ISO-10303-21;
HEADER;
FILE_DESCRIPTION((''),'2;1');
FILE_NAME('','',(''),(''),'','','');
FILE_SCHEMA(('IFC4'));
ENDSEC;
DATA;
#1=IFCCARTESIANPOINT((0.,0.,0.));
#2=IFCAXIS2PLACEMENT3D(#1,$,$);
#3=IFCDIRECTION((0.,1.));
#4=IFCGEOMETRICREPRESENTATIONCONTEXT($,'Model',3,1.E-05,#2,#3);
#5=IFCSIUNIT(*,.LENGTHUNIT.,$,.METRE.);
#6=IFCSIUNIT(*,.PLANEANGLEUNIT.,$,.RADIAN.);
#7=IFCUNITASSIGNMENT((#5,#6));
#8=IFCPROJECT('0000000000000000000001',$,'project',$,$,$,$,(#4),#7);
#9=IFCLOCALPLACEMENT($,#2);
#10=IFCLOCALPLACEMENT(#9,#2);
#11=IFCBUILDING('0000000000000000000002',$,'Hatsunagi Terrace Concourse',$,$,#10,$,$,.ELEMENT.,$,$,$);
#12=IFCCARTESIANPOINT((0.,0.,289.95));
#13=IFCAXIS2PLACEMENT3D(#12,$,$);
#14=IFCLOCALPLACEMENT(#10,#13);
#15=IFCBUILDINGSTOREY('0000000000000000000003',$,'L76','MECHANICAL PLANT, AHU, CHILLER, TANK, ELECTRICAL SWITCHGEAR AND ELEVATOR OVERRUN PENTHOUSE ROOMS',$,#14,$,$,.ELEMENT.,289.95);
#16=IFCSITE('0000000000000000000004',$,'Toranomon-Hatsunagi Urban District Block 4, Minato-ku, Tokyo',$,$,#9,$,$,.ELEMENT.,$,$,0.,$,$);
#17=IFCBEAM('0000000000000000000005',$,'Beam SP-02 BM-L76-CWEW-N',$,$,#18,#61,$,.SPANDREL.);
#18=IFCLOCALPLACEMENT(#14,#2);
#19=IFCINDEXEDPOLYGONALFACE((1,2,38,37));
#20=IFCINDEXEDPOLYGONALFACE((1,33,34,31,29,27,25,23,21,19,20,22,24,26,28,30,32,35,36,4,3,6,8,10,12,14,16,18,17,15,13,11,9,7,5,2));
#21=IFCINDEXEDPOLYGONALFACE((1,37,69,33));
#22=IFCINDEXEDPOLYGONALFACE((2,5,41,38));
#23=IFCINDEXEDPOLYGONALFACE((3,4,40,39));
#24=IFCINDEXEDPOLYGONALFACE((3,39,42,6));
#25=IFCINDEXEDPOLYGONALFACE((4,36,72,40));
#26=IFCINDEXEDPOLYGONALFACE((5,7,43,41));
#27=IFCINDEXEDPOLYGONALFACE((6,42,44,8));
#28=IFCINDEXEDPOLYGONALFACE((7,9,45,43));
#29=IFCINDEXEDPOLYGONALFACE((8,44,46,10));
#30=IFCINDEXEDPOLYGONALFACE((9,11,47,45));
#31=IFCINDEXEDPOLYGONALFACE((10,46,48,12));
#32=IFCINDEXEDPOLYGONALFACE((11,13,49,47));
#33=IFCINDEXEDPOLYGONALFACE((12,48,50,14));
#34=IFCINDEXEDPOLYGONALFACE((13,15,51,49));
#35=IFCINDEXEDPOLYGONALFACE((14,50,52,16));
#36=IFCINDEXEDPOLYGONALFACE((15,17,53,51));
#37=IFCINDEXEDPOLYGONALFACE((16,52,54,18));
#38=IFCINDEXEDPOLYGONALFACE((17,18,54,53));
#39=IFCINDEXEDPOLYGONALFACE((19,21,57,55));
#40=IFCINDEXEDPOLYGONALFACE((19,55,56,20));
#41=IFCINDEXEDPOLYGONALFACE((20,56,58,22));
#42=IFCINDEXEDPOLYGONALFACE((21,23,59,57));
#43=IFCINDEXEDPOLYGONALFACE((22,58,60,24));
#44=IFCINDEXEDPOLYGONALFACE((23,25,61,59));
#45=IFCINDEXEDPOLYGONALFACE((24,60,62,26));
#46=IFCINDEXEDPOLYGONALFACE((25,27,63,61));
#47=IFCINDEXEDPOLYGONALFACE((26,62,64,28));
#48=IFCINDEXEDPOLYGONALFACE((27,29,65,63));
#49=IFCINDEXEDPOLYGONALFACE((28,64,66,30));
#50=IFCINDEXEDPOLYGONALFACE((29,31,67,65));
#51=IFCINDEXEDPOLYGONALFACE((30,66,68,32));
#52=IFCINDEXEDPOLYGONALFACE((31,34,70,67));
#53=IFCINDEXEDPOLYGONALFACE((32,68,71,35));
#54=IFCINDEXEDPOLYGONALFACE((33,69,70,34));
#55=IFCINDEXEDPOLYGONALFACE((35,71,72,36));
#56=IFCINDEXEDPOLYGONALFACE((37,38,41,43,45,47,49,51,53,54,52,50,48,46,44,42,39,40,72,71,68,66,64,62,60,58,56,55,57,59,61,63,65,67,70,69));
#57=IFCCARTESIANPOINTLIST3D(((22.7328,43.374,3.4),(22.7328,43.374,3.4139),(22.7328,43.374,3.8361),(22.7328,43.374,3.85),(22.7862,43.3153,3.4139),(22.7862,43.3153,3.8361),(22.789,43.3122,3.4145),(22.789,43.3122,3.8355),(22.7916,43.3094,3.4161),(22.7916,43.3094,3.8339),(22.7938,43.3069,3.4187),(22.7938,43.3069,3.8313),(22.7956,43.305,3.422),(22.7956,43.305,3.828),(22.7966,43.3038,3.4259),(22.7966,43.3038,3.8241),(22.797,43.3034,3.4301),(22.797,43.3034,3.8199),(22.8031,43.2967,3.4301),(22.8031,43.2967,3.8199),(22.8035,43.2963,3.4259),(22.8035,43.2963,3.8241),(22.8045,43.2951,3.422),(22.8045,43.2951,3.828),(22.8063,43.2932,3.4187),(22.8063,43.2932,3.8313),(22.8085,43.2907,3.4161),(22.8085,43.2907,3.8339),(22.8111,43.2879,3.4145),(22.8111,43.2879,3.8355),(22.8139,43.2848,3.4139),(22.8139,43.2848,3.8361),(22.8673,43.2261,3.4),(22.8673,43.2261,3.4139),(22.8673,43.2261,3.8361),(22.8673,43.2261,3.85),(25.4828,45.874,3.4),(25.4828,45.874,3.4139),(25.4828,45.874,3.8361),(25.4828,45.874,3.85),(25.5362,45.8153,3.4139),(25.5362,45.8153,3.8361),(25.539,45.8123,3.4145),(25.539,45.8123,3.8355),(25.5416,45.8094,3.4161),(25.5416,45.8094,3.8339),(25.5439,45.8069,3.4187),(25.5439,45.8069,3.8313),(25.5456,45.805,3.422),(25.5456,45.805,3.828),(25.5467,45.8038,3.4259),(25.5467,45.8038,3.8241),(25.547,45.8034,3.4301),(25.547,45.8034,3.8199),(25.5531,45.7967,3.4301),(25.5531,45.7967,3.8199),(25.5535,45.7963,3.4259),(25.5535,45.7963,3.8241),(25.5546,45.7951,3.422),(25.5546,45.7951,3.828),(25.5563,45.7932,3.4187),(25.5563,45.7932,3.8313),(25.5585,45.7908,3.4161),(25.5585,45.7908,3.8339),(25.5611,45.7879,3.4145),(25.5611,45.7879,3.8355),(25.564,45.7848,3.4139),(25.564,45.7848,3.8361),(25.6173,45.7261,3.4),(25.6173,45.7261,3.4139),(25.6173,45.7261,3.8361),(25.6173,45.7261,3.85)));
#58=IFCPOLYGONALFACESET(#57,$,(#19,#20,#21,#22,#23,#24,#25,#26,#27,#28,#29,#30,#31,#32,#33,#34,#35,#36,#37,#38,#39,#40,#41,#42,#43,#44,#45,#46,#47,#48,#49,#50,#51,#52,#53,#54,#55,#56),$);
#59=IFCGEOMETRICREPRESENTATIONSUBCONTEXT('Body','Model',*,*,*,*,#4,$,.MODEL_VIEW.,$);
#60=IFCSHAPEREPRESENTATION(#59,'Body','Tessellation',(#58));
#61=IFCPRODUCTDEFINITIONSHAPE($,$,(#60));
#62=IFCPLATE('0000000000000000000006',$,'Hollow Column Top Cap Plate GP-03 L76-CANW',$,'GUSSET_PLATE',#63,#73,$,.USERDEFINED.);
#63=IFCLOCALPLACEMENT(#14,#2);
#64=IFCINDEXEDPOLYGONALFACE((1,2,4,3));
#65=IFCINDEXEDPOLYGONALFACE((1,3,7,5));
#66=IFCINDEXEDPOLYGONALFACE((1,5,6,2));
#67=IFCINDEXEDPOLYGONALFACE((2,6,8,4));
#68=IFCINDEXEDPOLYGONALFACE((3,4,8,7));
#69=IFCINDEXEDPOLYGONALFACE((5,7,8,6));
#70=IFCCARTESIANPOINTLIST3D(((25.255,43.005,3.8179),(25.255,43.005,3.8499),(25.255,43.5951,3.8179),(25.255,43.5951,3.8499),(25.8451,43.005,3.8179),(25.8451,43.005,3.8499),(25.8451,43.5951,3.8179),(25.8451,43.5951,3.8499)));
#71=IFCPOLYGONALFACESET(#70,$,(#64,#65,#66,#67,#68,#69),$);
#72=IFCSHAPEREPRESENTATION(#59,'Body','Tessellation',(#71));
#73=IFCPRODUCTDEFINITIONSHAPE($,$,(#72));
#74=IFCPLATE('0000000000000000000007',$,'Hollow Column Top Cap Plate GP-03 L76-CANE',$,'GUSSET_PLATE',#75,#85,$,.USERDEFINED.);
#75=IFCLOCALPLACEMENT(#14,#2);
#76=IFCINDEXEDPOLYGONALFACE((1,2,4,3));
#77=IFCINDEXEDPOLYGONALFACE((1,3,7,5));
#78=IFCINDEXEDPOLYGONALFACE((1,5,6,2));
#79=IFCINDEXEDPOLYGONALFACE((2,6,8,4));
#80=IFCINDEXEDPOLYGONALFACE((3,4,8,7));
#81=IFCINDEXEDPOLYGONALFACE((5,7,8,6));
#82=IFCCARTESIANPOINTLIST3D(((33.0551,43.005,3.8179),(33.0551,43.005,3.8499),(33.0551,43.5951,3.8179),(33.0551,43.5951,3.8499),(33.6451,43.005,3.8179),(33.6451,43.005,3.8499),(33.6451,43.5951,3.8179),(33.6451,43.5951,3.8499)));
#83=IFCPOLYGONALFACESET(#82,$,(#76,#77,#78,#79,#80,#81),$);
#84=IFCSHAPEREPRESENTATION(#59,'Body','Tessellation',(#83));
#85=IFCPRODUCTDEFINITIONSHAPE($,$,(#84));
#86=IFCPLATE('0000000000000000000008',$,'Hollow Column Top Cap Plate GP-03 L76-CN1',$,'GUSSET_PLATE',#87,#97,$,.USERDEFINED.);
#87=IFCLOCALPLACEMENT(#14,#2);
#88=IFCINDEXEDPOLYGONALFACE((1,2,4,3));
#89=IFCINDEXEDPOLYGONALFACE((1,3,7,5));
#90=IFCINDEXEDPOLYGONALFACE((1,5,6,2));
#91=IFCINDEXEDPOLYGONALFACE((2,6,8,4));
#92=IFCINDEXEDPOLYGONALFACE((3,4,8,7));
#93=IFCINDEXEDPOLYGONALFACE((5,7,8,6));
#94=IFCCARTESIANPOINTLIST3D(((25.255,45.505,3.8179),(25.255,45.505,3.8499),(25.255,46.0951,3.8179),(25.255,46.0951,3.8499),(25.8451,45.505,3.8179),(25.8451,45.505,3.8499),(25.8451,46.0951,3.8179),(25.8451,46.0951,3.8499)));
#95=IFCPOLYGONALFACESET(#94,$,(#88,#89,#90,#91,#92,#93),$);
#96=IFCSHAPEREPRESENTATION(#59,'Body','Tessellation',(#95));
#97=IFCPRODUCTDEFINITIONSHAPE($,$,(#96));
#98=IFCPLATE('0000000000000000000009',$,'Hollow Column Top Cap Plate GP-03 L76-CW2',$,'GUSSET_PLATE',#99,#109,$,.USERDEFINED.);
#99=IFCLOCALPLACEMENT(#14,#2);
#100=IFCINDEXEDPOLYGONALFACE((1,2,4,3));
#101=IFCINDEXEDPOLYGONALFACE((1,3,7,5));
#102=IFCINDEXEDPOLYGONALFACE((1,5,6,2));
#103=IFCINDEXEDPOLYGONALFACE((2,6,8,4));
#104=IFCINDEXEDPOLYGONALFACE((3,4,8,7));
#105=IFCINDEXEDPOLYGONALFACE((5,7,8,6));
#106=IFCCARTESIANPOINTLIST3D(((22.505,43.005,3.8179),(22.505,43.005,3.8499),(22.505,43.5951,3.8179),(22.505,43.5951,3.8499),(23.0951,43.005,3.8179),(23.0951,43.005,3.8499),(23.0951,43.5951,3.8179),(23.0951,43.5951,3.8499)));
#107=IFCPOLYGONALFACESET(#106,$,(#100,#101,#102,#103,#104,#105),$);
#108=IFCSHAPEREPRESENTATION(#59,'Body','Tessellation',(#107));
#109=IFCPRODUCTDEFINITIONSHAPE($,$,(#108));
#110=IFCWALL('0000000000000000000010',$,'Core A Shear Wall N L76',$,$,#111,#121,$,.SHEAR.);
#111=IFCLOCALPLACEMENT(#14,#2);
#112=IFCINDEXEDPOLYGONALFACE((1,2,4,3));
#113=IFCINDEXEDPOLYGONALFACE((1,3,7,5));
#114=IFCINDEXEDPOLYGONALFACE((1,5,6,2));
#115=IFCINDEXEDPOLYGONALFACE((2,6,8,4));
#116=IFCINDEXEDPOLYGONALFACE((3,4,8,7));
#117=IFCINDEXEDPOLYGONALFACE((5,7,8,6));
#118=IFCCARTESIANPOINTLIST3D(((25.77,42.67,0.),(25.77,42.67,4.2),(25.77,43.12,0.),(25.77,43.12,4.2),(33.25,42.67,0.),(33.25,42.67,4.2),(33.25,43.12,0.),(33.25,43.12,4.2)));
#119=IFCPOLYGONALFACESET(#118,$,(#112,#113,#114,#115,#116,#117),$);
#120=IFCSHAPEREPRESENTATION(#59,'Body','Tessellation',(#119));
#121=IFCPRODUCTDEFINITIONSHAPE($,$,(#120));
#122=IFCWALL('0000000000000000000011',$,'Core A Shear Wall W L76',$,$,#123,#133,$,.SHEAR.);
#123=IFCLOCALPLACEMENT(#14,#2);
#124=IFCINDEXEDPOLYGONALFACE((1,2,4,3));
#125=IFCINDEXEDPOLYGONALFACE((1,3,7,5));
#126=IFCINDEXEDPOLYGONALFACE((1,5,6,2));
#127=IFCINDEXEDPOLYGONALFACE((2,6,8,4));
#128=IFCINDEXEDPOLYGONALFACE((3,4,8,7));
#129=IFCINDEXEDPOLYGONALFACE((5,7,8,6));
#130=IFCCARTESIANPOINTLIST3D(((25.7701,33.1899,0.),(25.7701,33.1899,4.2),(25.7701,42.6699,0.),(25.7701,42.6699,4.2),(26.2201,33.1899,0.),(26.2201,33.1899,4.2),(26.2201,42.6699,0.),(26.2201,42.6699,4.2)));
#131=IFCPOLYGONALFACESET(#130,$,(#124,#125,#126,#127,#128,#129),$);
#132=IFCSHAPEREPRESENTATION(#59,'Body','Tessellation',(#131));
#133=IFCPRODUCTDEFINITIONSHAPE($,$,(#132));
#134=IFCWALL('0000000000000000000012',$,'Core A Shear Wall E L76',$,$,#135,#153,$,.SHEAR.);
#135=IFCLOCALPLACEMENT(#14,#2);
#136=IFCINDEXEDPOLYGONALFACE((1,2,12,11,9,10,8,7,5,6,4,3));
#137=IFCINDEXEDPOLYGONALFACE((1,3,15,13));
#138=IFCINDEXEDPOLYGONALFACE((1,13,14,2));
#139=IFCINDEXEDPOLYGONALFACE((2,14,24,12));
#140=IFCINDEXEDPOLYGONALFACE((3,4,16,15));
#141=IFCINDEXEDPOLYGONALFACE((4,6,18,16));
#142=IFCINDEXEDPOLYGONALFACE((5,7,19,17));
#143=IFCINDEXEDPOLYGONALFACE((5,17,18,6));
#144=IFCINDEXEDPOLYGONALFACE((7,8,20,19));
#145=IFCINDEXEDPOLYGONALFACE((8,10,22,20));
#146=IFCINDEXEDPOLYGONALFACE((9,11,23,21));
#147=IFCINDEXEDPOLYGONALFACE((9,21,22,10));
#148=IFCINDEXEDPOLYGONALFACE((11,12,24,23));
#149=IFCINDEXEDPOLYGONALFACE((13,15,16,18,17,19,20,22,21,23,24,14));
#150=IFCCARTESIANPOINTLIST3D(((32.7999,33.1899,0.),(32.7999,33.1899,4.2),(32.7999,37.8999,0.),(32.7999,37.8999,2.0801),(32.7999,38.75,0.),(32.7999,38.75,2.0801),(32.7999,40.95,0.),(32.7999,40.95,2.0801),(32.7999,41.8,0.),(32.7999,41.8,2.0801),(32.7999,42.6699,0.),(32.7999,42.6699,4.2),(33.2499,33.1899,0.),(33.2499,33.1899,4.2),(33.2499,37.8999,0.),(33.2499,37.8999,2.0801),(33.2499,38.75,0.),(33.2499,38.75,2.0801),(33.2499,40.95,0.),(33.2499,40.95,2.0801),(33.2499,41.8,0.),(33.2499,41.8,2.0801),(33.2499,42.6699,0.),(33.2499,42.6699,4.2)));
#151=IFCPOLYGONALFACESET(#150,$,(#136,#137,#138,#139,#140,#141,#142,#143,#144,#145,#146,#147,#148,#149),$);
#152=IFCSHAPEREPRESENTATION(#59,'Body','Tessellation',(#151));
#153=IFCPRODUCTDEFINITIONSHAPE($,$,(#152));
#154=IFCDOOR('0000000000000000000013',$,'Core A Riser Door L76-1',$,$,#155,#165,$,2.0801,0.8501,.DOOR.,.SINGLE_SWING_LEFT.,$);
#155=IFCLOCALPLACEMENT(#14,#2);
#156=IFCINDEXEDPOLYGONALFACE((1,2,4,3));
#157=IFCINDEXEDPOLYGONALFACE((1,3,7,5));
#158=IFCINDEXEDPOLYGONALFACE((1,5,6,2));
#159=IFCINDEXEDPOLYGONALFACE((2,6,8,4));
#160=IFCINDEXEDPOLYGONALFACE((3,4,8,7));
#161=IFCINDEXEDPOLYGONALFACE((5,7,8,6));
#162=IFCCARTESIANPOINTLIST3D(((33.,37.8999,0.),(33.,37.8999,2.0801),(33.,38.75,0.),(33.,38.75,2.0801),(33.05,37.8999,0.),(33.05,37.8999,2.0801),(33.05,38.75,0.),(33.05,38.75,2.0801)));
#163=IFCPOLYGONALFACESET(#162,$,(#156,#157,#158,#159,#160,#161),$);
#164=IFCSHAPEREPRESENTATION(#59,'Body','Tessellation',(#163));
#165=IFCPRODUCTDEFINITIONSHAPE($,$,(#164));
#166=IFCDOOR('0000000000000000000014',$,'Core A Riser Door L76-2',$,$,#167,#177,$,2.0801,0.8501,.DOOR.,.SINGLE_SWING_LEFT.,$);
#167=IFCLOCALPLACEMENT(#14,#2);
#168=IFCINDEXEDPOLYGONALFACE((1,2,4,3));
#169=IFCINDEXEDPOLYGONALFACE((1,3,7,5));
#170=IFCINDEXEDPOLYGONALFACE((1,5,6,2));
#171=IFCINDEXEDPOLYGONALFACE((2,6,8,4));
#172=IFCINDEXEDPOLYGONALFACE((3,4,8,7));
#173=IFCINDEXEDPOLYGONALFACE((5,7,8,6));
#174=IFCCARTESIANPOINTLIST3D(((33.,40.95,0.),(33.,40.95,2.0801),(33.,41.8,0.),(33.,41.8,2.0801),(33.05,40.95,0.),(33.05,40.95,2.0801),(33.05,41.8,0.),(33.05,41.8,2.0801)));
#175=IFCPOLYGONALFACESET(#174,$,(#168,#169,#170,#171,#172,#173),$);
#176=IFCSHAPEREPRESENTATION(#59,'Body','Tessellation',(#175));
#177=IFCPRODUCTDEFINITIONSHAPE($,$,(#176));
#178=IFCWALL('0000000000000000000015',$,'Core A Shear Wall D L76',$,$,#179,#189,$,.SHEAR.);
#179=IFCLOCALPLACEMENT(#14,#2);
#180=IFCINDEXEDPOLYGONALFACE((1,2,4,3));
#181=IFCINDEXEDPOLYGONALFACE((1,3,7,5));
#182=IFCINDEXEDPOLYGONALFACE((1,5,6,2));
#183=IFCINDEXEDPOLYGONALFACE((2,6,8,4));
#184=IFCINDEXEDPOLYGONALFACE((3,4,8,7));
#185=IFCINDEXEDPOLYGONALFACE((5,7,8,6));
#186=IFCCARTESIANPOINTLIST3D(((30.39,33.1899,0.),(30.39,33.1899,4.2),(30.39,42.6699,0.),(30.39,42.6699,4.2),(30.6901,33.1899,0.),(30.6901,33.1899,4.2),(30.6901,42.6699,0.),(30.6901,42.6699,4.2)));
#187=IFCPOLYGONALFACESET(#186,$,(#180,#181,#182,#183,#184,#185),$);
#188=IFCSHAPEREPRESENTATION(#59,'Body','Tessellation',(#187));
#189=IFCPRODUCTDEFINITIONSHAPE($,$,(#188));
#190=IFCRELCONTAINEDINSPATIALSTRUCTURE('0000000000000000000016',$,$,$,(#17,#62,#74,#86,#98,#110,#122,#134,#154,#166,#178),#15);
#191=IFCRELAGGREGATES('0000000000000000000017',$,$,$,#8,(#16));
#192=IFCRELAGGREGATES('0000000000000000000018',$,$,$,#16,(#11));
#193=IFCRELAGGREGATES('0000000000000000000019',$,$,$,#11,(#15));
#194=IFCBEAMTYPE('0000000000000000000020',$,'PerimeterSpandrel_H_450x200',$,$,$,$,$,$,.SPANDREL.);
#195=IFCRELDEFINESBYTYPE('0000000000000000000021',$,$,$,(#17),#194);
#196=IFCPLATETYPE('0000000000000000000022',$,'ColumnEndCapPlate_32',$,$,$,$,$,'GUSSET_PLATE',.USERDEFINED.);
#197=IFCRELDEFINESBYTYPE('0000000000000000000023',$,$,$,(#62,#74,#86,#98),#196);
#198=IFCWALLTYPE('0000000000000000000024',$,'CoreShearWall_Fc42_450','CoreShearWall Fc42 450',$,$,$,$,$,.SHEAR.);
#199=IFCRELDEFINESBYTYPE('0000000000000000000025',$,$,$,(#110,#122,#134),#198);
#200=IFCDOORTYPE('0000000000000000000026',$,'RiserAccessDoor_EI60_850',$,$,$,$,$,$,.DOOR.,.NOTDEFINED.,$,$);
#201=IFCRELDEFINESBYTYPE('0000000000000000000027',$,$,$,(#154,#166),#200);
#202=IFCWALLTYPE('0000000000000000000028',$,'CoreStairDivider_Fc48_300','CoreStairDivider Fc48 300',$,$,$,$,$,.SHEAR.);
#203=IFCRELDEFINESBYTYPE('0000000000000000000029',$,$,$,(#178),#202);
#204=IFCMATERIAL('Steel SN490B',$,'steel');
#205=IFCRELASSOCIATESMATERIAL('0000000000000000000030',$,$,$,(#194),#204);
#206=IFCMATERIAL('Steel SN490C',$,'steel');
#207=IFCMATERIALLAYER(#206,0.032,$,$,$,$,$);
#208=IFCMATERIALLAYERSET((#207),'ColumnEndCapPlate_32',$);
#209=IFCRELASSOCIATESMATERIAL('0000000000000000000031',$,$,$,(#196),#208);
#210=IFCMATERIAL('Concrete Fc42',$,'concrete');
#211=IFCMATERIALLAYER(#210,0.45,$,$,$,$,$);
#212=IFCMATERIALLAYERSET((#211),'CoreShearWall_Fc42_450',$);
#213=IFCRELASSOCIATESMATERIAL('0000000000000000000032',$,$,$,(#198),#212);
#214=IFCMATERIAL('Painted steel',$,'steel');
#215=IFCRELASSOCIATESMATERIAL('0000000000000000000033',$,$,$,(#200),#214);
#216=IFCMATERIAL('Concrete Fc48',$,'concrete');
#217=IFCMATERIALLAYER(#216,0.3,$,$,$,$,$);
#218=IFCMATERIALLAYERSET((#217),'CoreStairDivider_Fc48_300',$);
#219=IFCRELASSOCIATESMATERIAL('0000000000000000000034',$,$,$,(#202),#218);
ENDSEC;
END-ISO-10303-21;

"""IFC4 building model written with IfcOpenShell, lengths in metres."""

from ifc_helpers import new_model, si_unit, direction, frame, frame_2d, origin, origin_2d, place, context, subcontext, project, spatial, rectangle, i_section, extrude, material, layer, layer_set, material_profile, profile_set, type_object, element, fill, save


model = new_model("IFC4")

# Units and contexts
model_context = context("Model", 3, precision=1e-05, world=origin(), true_north=direction((0.0, 1.0)))
body_context = subcontext(model_context, "Body", "Model", "MODEL_VIEW")
ifc_project = project(units=[si_unit("LENGTHUNIT", "METRE"), si_unit("PLANEANGLEUNIT", "RADIAN")], contexts=[model_context])

# Site, building, storey
site_placement = place(None, origin())
site = spatial("IfcSite", under=ifc_project, at=site_placement, Name="Toranomon-Hatsunagi Urban District Block 4, Minato-ku, Tokyo", CompositionType="ELEMENT", RefElevation=0.0)
building_placement = place(site_placement, origin())
building = spatial("IfcBuilding", under=site, at=building_placement, Name="Hatsunagi Terrace Concourse", CompositionType="ELEMENT")
storey_placement = place(building_placement, frame((0.0, 0.0, 289.95)))
storey = spatial("IfcBuildingStorey", under=building, at=storey_placement, Name="L76", Description="MECHANICAL PLANT, AHU, CHILLER, TANK, ELECTRICAL SWITCHGEAR AND ELEVATOR OVERRUN PENTHOUSE ROOMS", CompositionType="ELEMENT", Elevation=289.95)

# Beam
ifc_material_1 = material(Name="Steel SN490B", Category="steel")
ifc_material_profile_1 = material_profile(ifc_material_1, i_section(OverallWidth=0.2, OverallDepth=0.45, WebThickness=0.009, FlangeThickness=0.0139, FilletRadius=0.0161, at=origin_2d()), Name="H-450x200x9x14")
ifc_profile_set_1 = profile_set([ifc_material_profile_1], Name="Steel SN490B")
beam_type_1 = type_object("IfcBeamType", Name="PerimeterSpandrel_H_450x200", PredefinedType="SPANDREL", material=ifc_profile_set_1)
beam_1_placement = place(storey_placement, frame((22.8, 43.3, 3.625), z_axis=(0.73994, 0.672673, 0.0), x_axis=(-0.672673, 0.73994, 0.0)))
element("IfcBeam", 1, at=beam_1_placement, inside=storey, type_object=beam_type_1, Name="Beam SP-02 BM-L76-CWEW-N", PredefinedType="SPANDREL", context=body_context, shape_type="SweptSolid", body=[
    extrude(i_section(OverallWidth=0.2, OverallDepth=0.45, WebThickness=0.009, FlangeThickness=0.0139, FilletRadius=0.0161, at=origin_2d()), origin(), (0.0, 0.0, 1.0), 3.7166),
])

# Plates
ifc_material_2 = material(Name="Steel SN490C", Category="steel")
ifc_layer_1 = layer(ifc_material_2, 0.032)
ifc_layer_set_1 = layer_set([ifc_layer_1], Name="ColumnEndCapPlate_32")
plate_type = type_object("IfcPlateType", Name="ColumnEndCapPlate_32", ElementType="GUSSET_PLATE", PredefinedType="USERDEFINED", material=ifc_layer_set_1)
for number, where, z_axis, x_axis, name in (
    (2, (25.55, 43.3, 3.8179), (0.0, 0.0, 1.0), (1.0, 0.0, 0.0), "Hollow Column Top Cap Plate GP-03 L76-CANW"),
    (3, (33.3501, 43.3, 3.8179), (0.0, 0.0, 1.0), (1.0, 0.0, 0.0), "Hollow Column Top Cap Plate GP-03 L76-CANE"),
    (4, (25.55, 45.8, 3.8179), (0.0, 0.0, 1.0), (1.0, 0.0, 0.0), "Hollow Column Top Cap Plate GP-03 L76-CN1"),
    (5, (22.8, 43.3, 3.8179), (0.0, 0.0, 1.0), (1.0, 0.0, 0.0), "Hollow Column Top Cap Plate GP-03 L76-CW2"),
):
    element("IfcPlate", number, at=place(storey_placement, frame(where, z_axis=z_axis, x_axis=x_axis)), inside=storey, type_object=plate_type, Name=name, ObjectType="GUSSET_PLATE", PredefinedType="USERDEFINED", context=body_context, shape_type="SweptSolid", body=[
        extrude(rectangle(XDim=0.5901, YDim=0.5901, at=origin_2d()), origin(), (0.0, 0.0, 1.0), 0.032),
    ])

# Walls
ifc_material_3 = material(Name="Concrete Fc42", Category="concrete")
ifc_layer_2 = layer(ifc_material_3, 0.45)
ifc_layer_set_2 = layer_set([ifc_layer_2], Name="CoreShearWall_Fc42_450")
wall_type_1 = type_object("IfcWallType", Name="CoreShearWall_Fc42_450", Description="CoreShearWall Fc42 450", PredefinedType="SHEAR", material=ifc_layer_set_2)
wall_1_placement = place(storey_placement, frame((25.77, 42.895, 0.0), z_axis=(0.0, 0.0, 1.0), x_axis=(1.0, 0.0, 0.0)))
element("IfcWall", 6, at=wall_1_placement, inside=storey, type_object=wall_type_1, Name="Core A Shear Wall N L76", PredefinedType="SHEAR", context=body_context, shape_type="SweptSolid", body=[
    extrude(rectangle(XDim=7.48, YDim=0.45, at=frame_2d((3.74, 0.0))), origin(), (0.0, 0.0, 1.0), 4.2),
])
wall_2_placement = place(storey_placement, frame((25.9951, 33.1899, 0.0), z_axis=(0.0, 0.0, 1.0), x_axis=(0.0, 1.0, 0.0)))
element("IfcWall", 7, at=wall_2_placement, inside=storey, type_object=wall_type_1, Name="Core A Shear Wall W L76", PredefinedType="SHEAR", context=body_context, shape_type="SweptSolid", body=[
    extrude(rectangle(XDim=9.48, YDim=0.45, at=frame_2d((4.74, 0.0))), origin(), (0.0, 0.0, 1.0), 4.2),
])

# Wall, openings, doors
wall_3_placement = place(storey_placement, frame((33.0249, 33.1899, 0.0), z_axis=(0.0, 0.0, 1.0), x_axis=(0.0, 1.0, 0.0)))
wall_3 = element("IfcWall", 8, at=wall_3_placement, inside=storey, type_object=wall_type_1, Name="Core A Shear Wall E L76", PredefinedType="SHEAR", context=body_context, shape_type="SweptSolid", body=[
    extrude(rectangle(XDim=9.48, YDim=0.45, at=frame_2d((4.74, 0.0))), origin(), (0.0, 0.0, 1.0), 4.2),
])
opening_1_placement = place(wall_3_placement, frame((4.71, 0.0, 0.0)))
opening_1 = element("IfcOpeningElement", 9, at=opening_1_placement, cuts=wall_3, PredefinedType="OPENING", context=body_context, shape_type="SweptSolid", body=[
    extrude(rectangle(XDim=0.8501, YDim=2.0801, at=frame_2d((0.425, 1.04))), frame((0.0, 0.2349, 0.0), z_axis=(0.0, -1.0, 0.0), x_axis=(1.0, 0.0, 0.0)), (0.0, 0.0, 1.0), 0.47),
])
opening_2_placement = place(wall_3_placement, frame((7.76, 0.0, 0.0)))
opening_2 = element("IfcOpeningElement", 10, at=opening_2_placement, cuts=wall_3, PredefinedType="OPENING", context=body_context, shape_type="SweptSolid", body=[
    extrude(rectangle(XDim=0.8501, YDim=2.0801, at=frame_2d((0.425, 1.04))), frame((0.0, 0.2349, 0.0), z_axis=(0.0, -1.0, 0.0), x_axis=(1.0, 0.0, 0.0)), (0.0, 0.0, 1.0), 0.47),
])
ifc_material_4 = material(Name="Painted steel", Category="steel")
door_type_1 = type_object("IfcDoorType", Name="RiserAccessDoor_EI60_850", OperationType="NOTDEFINED", PredefinedType="DOOR", material=ifc_material_4)
door_1_placement = place(opening_1_placement, origin())
door_1 = element("IfcDoor", 11, at=door_1_placement, inside=storey, type_object=door_type_1, Name="Core A Riser Door L76-1", OperationType="SINGLE_SWING_LEFT", OverallHeight=2.0801, OverallWidth=0.8501, PredefinedType="DOOR", context=body_context, shape_type="SweptSolid", body=[
    extrude(rectangle(XDim=0.8501, YDim=2.0801, at=frame_2d((0.425, 1.04))), frame((0.0, 0.0249, 0.0), z_axis=(0.0, -1.0, 0.0), x_axis=(1.0, 0.0, 0.0)), (0.0, 0.0, 1.0), 0.05),
])
fill(opening_1, door_1)
door_2_placement = place(opening_2_placement, origin())
door_2 = element("IfcDoor", 12, at=door_2_placement, inside=storey, type_object=door_type_1, Name="Core A Riser Door L76-2", OperationType="SINGLE_SWING_LEFT", OverallHeight=2.0801, OverallWidth=0.8501, PredefinedType="DOOR", context=body_context, shape_type="SweptSolid", body=[
    extrude(rectangle(XDim=0.8501, YDim=2.0801, at=frame_2d((0.425, 1.04))), frame((0.0, 0.0249, 0.0), z_axis=(0.0, -1.0, 0.0), x_axis=(1.0, 0.0, 0.0)), (0.0, 0.0, 1.0), 0.05),
])
fill(opening_2, door_2)

# Wall
ifc_material_5 = material(Name="Concrete Fc48", Category="concrete")
ifc_layer_3 = layer(ifc_material_5, 0.3)
ifc_layer_set_3 = layer_set([ifc_layer_3], Name="CoreStairDivider_Fc48_300")
wall_type_2 = type_object("IfcWallType", Name="CoreStairDivider_Fc48_300", Description="CoreStairDivider Fc48 300", PredefinedType="SHEAR", material=ifc_layer_set_3)
wall_4_placement = place(storey_placement, frame((30.54, 33.1899, 0.0), z_axis=(0.0, 0.0, 1.0), x_axis=(0.0, 1.0, 0.0)))
element("IfcWall", 13, at=wall_4_placement, inside=storey, type_object=wall_type_2, Name="Core A Shear Wall D L76", PredefinedType="SHEAR", context=body_context, shape_type="SweptSolid", body=[
    extrude(rectangle(XDim=9.48, YDim=0.3, at=frame_2d((4.74, 0.0))), origin(), (0.0, 0.0, 1.0), 4.2),
])

save(model, "model.ifc")
